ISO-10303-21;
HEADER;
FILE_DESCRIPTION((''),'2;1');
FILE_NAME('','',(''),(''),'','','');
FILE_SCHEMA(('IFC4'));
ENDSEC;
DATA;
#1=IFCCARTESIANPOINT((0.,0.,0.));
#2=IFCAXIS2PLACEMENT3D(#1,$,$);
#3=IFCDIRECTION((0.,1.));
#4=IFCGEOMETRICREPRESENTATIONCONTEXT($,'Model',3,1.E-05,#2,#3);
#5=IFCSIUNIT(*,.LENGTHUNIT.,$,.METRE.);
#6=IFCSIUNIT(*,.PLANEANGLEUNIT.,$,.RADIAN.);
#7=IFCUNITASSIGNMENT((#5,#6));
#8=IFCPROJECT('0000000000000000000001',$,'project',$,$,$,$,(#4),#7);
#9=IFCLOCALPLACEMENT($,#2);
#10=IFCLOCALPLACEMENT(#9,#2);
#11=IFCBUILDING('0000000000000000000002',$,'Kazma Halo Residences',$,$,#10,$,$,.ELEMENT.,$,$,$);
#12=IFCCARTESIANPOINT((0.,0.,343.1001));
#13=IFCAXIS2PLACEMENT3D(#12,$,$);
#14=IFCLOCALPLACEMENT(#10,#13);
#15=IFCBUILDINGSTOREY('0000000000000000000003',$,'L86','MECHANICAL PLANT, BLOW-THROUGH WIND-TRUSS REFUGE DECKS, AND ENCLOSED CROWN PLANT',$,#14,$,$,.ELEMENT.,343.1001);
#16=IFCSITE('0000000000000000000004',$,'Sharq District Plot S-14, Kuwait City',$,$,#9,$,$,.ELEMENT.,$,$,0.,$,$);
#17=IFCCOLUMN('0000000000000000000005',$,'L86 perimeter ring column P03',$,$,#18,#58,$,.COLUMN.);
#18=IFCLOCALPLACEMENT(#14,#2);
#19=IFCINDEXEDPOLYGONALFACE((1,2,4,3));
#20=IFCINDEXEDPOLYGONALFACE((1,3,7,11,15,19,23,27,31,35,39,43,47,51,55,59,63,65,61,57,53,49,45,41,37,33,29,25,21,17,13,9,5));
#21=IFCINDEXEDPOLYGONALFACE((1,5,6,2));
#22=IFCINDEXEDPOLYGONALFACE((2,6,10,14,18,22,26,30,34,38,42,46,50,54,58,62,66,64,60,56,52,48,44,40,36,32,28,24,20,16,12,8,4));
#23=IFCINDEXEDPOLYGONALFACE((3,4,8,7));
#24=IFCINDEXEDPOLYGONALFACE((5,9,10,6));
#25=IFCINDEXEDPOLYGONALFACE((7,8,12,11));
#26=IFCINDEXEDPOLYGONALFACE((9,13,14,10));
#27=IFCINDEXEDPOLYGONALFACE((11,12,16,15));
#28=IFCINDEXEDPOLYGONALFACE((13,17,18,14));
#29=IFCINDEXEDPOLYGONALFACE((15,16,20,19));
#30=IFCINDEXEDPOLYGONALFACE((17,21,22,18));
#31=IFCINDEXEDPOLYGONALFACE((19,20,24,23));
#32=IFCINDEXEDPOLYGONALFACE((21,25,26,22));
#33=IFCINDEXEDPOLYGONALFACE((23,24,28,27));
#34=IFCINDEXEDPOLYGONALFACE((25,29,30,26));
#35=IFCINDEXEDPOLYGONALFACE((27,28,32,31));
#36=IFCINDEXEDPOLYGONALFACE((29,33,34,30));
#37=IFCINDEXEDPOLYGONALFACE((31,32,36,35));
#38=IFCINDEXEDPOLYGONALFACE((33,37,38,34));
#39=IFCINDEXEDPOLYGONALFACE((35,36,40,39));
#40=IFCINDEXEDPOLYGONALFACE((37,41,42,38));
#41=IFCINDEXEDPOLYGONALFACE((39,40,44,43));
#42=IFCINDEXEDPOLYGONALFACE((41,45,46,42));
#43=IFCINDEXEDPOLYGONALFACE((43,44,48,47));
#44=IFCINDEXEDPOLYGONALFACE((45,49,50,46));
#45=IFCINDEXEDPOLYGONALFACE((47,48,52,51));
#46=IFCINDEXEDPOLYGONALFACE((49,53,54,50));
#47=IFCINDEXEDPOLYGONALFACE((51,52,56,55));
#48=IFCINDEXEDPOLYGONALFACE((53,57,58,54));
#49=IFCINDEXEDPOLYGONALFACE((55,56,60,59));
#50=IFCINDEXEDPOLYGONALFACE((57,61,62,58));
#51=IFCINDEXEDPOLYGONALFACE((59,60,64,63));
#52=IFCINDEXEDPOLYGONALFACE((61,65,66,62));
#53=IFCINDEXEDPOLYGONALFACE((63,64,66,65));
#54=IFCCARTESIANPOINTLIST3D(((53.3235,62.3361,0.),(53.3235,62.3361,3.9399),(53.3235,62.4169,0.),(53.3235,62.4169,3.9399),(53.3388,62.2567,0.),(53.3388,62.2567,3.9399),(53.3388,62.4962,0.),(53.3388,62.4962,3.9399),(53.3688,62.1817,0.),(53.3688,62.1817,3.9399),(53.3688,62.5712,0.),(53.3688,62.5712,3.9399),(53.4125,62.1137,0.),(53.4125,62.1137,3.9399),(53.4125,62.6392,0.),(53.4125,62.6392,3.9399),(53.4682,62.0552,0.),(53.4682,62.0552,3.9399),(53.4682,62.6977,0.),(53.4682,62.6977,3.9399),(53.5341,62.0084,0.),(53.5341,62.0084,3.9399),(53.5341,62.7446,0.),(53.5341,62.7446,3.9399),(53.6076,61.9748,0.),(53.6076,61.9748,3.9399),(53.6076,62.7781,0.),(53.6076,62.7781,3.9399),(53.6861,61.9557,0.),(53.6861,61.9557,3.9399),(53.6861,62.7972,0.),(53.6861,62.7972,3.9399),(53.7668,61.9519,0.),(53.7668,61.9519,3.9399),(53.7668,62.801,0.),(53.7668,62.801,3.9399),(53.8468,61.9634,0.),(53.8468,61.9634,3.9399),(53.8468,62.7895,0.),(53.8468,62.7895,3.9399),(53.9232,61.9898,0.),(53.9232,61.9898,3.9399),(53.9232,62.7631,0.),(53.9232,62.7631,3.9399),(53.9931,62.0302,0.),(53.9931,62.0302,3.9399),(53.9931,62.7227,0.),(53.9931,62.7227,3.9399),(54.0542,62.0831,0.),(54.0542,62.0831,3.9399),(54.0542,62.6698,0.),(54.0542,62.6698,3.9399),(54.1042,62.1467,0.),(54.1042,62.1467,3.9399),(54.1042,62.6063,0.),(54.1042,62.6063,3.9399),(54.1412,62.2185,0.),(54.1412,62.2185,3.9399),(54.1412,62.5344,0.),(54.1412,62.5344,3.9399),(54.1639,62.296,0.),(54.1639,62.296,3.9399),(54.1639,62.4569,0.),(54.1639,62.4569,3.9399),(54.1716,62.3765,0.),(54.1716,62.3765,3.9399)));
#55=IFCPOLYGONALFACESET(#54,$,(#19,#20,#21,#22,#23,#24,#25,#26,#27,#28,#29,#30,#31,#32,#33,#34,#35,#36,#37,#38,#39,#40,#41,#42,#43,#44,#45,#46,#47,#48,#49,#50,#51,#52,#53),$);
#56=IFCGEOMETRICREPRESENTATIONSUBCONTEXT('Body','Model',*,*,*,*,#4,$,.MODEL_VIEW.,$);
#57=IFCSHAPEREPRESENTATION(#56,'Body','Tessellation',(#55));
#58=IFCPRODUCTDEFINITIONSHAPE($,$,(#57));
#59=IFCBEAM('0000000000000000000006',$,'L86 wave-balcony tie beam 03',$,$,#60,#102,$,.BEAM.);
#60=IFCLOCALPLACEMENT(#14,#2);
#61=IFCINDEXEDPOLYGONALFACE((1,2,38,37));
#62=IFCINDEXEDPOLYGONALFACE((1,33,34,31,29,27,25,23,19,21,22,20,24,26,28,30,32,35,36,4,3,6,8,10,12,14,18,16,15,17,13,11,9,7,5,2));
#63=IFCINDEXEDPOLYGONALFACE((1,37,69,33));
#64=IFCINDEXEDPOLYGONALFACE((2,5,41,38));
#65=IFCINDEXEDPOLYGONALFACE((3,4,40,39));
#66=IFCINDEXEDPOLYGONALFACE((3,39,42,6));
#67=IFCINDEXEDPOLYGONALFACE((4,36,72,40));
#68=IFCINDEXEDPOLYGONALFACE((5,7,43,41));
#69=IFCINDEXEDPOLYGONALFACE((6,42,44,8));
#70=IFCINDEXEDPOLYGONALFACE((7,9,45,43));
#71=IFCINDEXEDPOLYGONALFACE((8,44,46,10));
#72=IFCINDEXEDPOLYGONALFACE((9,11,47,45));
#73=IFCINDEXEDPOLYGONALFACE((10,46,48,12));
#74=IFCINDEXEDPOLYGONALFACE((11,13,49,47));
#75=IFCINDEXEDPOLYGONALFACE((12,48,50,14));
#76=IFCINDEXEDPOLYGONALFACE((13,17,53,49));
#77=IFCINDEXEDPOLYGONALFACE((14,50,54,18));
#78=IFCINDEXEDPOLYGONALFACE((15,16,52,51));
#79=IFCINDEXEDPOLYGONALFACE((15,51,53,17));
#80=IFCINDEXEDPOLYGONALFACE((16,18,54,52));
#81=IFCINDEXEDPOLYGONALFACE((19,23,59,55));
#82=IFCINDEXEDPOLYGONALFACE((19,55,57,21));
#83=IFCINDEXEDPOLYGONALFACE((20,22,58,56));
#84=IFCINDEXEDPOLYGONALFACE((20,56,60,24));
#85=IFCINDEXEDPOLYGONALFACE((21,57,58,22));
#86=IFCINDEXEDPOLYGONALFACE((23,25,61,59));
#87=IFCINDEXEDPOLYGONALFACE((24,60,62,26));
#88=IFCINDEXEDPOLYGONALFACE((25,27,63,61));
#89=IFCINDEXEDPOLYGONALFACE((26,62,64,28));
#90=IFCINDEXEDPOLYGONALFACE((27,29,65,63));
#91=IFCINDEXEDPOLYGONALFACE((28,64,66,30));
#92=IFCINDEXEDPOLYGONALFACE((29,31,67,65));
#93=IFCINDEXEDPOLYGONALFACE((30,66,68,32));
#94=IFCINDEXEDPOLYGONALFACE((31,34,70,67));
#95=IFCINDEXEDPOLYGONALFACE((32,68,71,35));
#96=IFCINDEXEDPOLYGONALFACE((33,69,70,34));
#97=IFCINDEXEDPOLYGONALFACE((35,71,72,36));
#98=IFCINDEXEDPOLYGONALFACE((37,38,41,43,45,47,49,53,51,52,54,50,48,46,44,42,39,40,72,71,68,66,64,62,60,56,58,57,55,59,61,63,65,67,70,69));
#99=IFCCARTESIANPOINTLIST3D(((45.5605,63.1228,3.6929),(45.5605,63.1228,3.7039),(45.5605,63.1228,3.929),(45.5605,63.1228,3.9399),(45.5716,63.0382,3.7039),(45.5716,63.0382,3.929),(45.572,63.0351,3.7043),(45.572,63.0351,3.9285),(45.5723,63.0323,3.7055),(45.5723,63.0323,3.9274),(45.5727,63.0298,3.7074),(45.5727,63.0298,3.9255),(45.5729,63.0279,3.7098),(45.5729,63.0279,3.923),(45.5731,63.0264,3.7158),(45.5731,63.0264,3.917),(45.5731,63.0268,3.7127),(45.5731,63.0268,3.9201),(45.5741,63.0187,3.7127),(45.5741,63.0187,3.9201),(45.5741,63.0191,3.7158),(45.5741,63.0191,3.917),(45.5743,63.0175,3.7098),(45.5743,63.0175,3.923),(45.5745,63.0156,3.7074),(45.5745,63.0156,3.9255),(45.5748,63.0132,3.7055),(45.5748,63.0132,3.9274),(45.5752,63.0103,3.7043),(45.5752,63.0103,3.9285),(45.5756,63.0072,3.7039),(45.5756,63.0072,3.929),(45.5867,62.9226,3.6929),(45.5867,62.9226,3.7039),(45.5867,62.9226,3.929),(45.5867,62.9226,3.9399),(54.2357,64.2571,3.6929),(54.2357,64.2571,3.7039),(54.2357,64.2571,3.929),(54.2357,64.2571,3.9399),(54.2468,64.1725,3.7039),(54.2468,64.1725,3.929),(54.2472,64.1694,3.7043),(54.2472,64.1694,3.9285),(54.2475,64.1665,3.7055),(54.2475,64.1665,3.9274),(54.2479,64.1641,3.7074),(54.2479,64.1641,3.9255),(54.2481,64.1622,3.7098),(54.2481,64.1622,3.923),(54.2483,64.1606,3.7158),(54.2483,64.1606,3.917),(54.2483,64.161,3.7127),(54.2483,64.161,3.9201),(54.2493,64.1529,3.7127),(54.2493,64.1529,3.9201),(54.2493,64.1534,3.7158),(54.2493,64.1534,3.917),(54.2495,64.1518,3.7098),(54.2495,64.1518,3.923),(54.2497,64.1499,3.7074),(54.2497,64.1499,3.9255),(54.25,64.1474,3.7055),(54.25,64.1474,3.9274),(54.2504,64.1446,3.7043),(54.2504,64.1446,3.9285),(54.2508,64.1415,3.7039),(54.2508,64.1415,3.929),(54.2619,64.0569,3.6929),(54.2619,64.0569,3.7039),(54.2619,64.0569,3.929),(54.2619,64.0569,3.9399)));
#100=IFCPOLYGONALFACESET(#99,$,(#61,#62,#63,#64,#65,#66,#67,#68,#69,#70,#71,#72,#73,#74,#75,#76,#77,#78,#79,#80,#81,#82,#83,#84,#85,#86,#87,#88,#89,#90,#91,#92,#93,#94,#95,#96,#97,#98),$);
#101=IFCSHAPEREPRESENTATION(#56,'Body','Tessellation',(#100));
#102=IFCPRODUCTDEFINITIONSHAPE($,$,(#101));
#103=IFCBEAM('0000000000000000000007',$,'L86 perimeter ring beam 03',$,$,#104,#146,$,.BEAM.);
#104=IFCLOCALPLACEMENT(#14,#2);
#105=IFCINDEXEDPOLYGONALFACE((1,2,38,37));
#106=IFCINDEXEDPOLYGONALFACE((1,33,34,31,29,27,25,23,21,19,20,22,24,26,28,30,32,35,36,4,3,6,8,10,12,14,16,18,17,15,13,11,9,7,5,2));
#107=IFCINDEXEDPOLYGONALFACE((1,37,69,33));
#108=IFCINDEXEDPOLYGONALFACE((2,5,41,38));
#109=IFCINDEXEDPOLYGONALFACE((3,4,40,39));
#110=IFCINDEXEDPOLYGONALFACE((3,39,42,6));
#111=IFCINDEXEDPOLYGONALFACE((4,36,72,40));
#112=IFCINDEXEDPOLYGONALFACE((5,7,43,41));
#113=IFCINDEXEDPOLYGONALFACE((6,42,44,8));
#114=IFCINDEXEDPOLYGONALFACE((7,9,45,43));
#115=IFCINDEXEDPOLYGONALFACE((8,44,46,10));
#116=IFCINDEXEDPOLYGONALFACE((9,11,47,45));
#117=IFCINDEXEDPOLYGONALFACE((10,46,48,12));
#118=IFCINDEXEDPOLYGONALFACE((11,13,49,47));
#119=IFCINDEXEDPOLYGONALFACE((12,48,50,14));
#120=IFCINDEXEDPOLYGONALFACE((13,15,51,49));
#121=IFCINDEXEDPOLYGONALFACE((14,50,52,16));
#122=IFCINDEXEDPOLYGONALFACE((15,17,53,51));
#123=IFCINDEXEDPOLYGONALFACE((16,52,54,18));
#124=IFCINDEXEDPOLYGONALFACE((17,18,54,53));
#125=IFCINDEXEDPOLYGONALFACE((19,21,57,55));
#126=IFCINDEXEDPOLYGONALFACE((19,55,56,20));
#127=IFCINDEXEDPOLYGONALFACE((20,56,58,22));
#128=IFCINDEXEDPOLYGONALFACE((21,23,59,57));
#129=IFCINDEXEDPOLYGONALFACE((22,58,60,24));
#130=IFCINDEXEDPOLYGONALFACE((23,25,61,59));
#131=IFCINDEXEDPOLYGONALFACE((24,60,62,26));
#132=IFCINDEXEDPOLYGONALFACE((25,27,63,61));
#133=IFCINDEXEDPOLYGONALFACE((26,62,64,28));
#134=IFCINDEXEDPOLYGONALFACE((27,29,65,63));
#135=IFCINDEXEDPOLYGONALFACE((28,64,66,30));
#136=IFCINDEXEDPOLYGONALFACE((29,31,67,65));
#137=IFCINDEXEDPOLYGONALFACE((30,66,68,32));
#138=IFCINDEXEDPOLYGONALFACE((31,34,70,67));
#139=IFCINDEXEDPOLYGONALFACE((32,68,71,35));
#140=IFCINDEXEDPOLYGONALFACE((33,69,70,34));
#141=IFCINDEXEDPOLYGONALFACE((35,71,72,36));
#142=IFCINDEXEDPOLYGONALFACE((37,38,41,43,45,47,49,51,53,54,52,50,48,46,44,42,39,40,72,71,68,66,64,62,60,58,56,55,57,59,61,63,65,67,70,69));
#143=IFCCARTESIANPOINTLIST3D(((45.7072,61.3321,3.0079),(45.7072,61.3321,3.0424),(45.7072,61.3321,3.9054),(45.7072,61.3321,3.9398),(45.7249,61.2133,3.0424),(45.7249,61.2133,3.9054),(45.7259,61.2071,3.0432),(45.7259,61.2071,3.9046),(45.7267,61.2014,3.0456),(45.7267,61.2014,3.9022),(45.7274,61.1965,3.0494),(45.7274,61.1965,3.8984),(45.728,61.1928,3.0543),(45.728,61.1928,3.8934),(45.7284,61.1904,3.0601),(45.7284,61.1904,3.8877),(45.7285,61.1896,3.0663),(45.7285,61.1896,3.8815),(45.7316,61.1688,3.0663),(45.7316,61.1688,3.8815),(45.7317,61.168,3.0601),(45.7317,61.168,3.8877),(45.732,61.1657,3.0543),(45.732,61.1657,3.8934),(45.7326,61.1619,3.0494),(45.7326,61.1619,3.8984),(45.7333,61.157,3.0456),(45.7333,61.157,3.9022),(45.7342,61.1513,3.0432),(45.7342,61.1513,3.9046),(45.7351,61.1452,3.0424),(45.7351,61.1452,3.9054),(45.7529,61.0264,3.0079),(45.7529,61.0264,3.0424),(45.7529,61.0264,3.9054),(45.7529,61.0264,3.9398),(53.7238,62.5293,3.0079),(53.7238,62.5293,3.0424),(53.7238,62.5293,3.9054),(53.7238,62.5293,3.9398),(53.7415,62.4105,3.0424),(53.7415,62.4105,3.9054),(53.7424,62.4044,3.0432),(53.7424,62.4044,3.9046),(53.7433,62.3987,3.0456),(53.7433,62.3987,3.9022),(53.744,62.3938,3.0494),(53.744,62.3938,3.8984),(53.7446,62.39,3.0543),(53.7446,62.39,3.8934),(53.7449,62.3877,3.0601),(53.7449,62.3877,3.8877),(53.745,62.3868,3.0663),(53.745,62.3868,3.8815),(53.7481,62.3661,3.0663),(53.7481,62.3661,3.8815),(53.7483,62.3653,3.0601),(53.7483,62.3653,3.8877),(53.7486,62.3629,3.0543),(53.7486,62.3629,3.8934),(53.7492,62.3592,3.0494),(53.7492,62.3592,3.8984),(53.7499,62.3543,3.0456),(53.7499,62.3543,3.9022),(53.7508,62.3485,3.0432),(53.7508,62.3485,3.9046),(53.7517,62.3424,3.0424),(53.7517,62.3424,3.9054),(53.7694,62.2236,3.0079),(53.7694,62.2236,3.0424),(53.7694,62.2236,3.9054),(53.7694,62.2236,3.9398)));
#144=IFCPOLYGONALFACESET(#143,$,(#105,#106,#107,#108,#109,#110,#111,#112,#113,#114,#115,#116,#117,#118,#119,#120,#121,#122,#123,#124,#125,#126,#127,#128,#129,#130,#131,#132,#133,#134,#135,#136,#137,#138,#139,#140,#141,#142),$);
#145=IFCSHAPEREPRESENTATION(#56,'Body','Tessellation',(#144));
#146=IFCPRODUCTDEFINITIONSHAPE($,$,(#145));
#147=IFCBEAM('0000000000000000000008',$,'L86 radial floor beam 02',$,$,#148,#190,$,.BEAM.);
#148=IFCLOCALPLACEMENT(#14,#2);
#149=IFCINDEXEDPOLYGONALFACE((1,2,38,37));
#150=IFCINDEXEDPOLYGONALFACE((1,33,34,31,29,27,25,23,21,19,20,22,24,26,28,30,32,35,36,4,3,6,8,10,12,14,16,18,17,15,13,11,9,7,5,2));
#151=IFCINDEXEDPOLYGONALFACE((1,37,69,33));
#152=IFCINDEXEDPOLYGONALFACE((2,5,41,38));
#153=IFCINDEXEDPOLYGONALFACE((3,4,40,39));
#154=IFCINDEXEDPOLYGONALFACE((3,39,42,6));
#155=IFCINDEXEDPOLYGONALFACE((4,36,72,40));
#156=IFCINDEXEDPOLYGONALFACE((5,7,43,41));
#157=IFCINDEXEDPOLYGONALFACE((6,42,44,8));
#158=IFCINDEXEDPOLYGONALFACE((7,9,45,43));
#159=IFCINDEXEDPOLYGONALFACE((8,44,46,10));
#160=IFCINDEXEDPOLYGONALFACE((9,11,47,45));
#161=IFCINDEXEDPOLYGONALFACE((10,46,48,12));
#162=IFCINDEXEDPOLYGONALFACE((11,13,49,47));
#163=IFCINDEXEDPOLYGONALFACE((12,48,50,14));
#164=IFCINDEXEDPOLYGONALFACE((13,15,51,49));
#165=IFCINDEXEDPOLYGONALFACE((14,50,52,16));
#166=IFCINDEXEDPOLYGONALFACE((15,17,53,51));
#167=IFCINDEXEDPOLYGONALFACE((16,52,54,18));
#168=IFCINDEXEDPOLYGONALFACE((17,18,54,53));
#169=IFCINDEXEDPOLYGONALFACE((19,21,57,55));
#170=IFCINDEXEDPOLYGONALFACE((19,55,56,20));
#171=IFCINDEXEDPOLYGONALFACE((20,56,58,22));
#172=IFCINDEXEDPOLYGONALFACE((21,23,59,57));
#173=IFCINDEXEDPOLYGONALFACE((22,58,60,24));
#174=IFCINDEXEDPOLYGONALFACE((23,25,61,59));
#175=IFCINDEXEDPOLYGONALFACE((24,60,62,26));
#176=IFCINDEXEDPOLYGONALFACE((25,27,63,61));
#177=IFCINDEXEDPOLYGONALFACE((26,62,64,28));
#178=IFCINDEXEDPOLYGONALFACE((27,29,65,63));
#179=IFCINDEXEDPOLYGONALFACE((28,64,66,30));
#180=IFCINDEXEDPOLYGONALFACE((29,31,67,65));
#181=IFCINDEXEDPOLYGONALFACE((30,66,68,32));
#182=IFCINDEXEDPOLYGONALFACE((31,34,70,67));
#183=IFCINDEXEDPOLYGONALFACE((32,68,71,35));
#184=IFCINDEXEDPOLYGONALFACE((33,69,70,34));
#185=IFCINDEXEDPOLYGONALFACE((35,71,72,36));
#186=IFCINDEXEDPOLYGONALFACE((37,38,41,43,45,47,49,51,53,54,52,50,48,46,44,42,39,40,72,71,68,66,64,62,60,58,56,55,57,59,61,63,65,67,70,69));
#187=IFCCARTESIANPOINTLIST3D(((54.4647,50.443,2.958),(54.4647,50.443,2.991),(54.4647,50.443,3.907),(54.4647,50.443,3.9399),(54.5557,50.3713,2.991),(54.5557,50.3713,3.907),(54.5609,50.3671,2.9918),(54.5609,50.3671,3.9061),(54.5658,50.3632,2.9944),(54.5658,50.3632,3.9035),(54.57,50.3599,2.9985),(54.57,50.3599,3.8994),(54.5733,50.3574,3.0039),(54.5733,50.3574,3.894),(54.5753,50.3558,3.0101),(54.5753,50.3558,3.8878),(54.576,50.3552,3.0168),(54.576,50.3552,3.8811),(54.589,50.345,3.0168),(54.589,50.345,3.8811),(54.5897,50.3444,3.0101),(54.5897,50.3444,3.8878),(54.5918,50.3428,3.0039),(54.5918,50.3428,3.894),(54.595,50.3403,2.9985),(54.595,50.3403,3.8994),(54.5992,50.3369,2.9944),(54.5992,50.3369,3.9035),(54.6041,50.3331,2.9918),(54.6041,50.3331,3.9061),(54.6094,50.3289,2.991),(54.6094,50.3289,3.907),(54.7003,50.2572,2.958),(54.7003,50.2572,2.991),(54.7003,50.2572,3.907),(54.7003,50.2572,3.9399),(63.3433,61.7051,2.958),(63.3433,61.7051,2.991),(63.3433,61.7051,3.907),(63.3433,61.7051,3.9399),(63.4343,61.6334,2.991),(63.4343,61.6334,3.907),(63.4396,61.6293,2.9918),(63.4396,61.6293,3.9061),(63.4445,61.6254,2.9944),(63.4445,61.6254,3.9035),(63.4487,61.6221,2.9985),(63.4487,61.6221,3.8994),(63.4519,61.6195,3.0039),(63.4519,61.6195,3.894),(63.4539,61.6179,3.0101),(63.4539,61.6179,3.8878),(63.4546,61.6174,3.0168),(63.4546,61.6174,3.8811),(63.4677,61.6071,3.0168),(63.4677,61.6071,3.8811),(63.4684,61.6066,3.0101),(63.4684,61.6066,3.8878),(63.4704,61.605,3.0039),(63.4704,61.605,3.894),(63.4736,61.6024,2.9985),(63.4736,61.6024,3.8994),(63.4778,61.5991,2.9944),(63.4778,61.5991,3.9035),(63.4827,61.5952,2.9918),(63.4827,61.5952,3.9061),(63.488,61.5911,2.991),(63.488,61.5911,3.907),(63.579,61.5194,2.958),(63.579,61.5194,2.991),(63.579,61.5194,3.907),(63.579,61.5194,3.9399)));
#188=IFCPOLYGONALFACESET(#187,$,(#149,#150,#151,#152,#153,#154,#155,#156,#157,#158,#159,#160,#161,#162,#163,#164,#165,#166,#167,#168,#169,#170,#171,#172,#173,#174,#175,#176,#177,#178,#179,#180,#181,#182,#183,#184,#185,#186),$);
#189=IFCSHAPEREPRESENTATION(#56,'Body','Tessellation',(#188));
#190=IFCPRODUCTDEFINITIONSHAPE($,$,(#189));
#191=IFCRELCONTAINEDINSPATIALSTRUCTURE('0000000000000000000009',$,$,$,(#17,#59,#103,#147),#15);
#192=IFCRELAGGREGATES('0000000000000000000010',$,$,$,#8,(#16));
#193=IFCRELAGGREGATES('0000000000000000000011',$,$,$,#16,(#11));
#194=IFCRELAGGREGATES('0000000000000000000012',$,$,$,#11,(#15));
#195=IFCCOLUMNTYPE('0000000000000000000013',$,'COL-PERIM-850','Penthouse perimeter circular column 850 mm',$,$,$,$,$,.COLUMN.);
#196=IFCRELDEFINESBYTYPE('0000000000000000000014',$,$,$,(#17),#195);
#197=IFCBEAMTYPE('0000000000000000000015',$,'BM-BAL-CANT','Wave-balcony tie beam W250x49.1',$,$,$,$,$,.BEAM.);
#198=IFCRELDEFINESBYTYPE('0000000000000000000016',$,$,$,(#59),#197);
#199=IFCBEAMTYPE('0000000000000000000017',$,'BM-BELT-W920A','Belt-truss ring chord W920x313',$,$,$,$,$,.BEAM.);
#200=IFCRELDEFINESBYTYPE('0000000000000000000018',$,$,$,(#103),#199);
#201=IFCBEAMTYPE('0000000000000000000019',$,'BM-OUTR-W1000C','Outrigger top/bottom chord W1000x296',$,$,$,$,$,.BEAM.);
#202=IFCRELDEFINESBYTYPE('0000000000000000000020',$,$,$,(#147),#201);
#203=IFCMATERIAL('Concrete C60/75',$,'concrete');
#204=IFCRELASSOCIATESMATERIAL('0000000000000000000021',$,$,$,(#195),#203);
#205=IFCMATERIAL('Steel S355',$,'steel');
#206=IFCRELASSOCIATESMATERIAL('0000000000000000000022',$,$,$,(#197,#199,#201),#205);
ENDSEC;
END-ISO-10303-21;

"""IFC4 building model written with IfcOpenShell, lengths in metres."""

from ifc_helpers import new_model, si_unit, direction, frame, origin, origin_2d, place, context, subcontext, project, spatial, circle, i_section, extrude, material, material_profile, profile_set, type_object, element, save


model = new_model("IFC4")

# Units and contexts
model_context = context("Model", 3, precision=1e-05, world=origin(), true_north=direction((0.0, 1.0)))
body_context = subcontext(model_context, "Body", "Model", "MODEL_VIEW")
ifc_project = project(units=[si_unit("LENGTHUNIT", "METRE"), si_unit("PLANEANGLEUNIT", "RADIAN")], contexts=[model_context])

# Site, building, storey
site_placement = place(None, origin())
site = spatial("IfcSite", under=ifc_project, at=site_placement, Name="Sharq District Plot S-14, Kuwait City", CompositionType="ELEMENT", RefElevation=0.0)
building_placement = place(site_placement, origin())
building = spatial("IfcBuilding", under=site, at=building_placement, Name="Kazma Halo Residences", CompositionType="ELEMENT")
storey_placement = place(building_placement, frame((0.0, 0.0, 343.1001)))
storey = spatial("IfcBuildingStorey", under=building, at=storey_placement, Name="L86", Description="MECHANICAL PLANT, BLOW-THROUGH WIND-TRUSS REFUGE DECKS, AND ENCLOSED CROWN PLANT", CompositionType="ELEMENT", Elevation=343.1001)

# Column
ifc_material_1 = material(Name="Concrete C60/75", Category="concrete")
ifc_material_profile_1 = material_profile(ifc_material_1, circle(Radius=0.425, at=origin_2d()), Name="CIRC850")
ifc_profile_set_1 = profile_set([ifc_material_profile_1], Name="Concrete C60/75")
column_type = type_object("IfcColumnType", Name="COL-PERIM-850", Description="Penthouse perimeter circular column 850 mm", PredefinedType="COLUMN", material=ifc_profile_set_1)
column_placement = place(storey_placement, frame((53.7466, 62.3765, 0.0), z_axis=(0.0, 0.0, 1.0), x_axis=(1.0, 0.0, 0.0)))
element("IfcColumn", 1, at=column_placement, inside=storey, type_object=column_type, Name="L86 perimeter ring column P03", PredefinedType="COLUMN", context=body_context, shape_type="SweptSolid", body=[
    extrude(circle(Radius=0.425, at=origin_2d()), origin(), (0.0, 0.0, 1.0), 3.9399),
])

# Beams
ifc_material_2 = material(Name="Steel S355", Category="steel")
ifc_material_profile_2 = material_profile(ifc_material_2, i_section(OverallWidth=0.2019, OverallDepth=0.2471, WebThickness=0.0073, FlangeThickness=0.011, FilletRadius=0.012, at=origin_2d()), Name="W250x49.1")
ifc_profile_set_2 = profile_set([ifc_material_profile_2], Name="Steel S355")
beam_type_1 = type_object("IfcBeamType", Name="BM-BAL-CANT", Description="Wave-balcony tie beam W250x49.1", PredefinedType="BEAM", material=ifc_profile_set_2)
beam_1_placement = place(storey_placement, frame((54.2488, 64.157, 3.8164), z_axis=(-0.991561, -0.129645, 0.0), x_axis=(0.129645, -0.991561, 0.0)))
element("IfcBeam", 2, at=beam_1_placement, inside=storey, type_object=beam_type_1, Name="L86 wave-balcony tie beam 03", PredefinedType="BEAM", context=body_context, shape_type="SweptSolid", body=[
    extrude(i_section(OverallWidth=0.2019, OverallDepth=0.2471, WebThickness=0.0073, FlangeThickness=0.011, FilletRadius=0.012, at=origin_2d()), origin(), (0.0, 0.0, 1.0), 8.749),
])
ifc_material_profile_3 = material_profile(ifc_material_2, i_section(OverallWidth=0.3091, OverallDepth=0.9319, WebThickness=0.021, FlangeThickness=0.0344, FilletRadius=0.0239, at=origin_2d()), Name="W920x313")
ifc_profile_set_3 = profile_set([ifc_material_profile_3], Name="Steel S355")
beam_type_2 = type_object("IfcBeamType", Name="BM-BELT-W920A", Description="Belt-truss ring chord W920x313", PredefinedType="BEAM", material=ifc_profile_set_3)
beam_2_placement = place(storey_placement, frame((53.7466, 62.3765, 3.4739), z_axis=(-0.989031, -0.14771, 0.0), x_axis=(0.14771, -0.989031, 0.0)))
element("IfcBeam", 3, at=beam_2_placement, inside=storey, type_object=beam_type_2, Name="L86 perimeter ring beam 03", PredefinedType="BEAM", context=body_context, shape_type="SweptSolid", body=[
    extrude(i_section(OverallWidth=0.3091, OverallDepth=0.9319, WebThickness=0.021, FlangeThickness=0.0344, FilletRadius=0.0239, at=origin_2d()), origin(), (0.0, 0.0, 1.0), 8.1055),
])
ifc_material_profile_4 = material_profile(ifc_material_2, i_section(OverallWidth=0.3, OverallDepth=0.9819, WebThickness=0.0166, FlangeThickness=0.033, FilletRadius=0.0259, at=origin_2d()), Name="W1000x296")
ifc_profile_set_4 = profile_set([ifc_material_profile_4], Name="Steel S355")
beam_type_3 = type_object("IfcBeamType", Name="BM-OUTR-W1000C", Description="Outrigger top/bottom chord W1000x296", PredefinedType="BEAM", material=ifc_profile_set_4)
beam_3_placement = place(storey_placement, frame((54.5825, 50.3501, 3.449), z_axis=(0.619105, 0.785308, 0.0), x_axis=(-0.785308, 0.619105, 0.0)))
element("IfcBeam", 4, at=beam_3_placement, inside=storey, type_object=beam_type_3, Name="L86 radial floor beam 02", PredefinedType="BEAM", context=body_context, shape_type="SweptSolid", body=[
    extrude(i_section(OverallWidth=0.3, OverallDepth=0.9819, WebThickness=0.0166, FlangeThickness=0.033, FilletRadius=0.0259, at=origin_2d()), origin(), (0.0, 0.0, 1.0), 14.3411),
])

save(model, "model.ifc")
